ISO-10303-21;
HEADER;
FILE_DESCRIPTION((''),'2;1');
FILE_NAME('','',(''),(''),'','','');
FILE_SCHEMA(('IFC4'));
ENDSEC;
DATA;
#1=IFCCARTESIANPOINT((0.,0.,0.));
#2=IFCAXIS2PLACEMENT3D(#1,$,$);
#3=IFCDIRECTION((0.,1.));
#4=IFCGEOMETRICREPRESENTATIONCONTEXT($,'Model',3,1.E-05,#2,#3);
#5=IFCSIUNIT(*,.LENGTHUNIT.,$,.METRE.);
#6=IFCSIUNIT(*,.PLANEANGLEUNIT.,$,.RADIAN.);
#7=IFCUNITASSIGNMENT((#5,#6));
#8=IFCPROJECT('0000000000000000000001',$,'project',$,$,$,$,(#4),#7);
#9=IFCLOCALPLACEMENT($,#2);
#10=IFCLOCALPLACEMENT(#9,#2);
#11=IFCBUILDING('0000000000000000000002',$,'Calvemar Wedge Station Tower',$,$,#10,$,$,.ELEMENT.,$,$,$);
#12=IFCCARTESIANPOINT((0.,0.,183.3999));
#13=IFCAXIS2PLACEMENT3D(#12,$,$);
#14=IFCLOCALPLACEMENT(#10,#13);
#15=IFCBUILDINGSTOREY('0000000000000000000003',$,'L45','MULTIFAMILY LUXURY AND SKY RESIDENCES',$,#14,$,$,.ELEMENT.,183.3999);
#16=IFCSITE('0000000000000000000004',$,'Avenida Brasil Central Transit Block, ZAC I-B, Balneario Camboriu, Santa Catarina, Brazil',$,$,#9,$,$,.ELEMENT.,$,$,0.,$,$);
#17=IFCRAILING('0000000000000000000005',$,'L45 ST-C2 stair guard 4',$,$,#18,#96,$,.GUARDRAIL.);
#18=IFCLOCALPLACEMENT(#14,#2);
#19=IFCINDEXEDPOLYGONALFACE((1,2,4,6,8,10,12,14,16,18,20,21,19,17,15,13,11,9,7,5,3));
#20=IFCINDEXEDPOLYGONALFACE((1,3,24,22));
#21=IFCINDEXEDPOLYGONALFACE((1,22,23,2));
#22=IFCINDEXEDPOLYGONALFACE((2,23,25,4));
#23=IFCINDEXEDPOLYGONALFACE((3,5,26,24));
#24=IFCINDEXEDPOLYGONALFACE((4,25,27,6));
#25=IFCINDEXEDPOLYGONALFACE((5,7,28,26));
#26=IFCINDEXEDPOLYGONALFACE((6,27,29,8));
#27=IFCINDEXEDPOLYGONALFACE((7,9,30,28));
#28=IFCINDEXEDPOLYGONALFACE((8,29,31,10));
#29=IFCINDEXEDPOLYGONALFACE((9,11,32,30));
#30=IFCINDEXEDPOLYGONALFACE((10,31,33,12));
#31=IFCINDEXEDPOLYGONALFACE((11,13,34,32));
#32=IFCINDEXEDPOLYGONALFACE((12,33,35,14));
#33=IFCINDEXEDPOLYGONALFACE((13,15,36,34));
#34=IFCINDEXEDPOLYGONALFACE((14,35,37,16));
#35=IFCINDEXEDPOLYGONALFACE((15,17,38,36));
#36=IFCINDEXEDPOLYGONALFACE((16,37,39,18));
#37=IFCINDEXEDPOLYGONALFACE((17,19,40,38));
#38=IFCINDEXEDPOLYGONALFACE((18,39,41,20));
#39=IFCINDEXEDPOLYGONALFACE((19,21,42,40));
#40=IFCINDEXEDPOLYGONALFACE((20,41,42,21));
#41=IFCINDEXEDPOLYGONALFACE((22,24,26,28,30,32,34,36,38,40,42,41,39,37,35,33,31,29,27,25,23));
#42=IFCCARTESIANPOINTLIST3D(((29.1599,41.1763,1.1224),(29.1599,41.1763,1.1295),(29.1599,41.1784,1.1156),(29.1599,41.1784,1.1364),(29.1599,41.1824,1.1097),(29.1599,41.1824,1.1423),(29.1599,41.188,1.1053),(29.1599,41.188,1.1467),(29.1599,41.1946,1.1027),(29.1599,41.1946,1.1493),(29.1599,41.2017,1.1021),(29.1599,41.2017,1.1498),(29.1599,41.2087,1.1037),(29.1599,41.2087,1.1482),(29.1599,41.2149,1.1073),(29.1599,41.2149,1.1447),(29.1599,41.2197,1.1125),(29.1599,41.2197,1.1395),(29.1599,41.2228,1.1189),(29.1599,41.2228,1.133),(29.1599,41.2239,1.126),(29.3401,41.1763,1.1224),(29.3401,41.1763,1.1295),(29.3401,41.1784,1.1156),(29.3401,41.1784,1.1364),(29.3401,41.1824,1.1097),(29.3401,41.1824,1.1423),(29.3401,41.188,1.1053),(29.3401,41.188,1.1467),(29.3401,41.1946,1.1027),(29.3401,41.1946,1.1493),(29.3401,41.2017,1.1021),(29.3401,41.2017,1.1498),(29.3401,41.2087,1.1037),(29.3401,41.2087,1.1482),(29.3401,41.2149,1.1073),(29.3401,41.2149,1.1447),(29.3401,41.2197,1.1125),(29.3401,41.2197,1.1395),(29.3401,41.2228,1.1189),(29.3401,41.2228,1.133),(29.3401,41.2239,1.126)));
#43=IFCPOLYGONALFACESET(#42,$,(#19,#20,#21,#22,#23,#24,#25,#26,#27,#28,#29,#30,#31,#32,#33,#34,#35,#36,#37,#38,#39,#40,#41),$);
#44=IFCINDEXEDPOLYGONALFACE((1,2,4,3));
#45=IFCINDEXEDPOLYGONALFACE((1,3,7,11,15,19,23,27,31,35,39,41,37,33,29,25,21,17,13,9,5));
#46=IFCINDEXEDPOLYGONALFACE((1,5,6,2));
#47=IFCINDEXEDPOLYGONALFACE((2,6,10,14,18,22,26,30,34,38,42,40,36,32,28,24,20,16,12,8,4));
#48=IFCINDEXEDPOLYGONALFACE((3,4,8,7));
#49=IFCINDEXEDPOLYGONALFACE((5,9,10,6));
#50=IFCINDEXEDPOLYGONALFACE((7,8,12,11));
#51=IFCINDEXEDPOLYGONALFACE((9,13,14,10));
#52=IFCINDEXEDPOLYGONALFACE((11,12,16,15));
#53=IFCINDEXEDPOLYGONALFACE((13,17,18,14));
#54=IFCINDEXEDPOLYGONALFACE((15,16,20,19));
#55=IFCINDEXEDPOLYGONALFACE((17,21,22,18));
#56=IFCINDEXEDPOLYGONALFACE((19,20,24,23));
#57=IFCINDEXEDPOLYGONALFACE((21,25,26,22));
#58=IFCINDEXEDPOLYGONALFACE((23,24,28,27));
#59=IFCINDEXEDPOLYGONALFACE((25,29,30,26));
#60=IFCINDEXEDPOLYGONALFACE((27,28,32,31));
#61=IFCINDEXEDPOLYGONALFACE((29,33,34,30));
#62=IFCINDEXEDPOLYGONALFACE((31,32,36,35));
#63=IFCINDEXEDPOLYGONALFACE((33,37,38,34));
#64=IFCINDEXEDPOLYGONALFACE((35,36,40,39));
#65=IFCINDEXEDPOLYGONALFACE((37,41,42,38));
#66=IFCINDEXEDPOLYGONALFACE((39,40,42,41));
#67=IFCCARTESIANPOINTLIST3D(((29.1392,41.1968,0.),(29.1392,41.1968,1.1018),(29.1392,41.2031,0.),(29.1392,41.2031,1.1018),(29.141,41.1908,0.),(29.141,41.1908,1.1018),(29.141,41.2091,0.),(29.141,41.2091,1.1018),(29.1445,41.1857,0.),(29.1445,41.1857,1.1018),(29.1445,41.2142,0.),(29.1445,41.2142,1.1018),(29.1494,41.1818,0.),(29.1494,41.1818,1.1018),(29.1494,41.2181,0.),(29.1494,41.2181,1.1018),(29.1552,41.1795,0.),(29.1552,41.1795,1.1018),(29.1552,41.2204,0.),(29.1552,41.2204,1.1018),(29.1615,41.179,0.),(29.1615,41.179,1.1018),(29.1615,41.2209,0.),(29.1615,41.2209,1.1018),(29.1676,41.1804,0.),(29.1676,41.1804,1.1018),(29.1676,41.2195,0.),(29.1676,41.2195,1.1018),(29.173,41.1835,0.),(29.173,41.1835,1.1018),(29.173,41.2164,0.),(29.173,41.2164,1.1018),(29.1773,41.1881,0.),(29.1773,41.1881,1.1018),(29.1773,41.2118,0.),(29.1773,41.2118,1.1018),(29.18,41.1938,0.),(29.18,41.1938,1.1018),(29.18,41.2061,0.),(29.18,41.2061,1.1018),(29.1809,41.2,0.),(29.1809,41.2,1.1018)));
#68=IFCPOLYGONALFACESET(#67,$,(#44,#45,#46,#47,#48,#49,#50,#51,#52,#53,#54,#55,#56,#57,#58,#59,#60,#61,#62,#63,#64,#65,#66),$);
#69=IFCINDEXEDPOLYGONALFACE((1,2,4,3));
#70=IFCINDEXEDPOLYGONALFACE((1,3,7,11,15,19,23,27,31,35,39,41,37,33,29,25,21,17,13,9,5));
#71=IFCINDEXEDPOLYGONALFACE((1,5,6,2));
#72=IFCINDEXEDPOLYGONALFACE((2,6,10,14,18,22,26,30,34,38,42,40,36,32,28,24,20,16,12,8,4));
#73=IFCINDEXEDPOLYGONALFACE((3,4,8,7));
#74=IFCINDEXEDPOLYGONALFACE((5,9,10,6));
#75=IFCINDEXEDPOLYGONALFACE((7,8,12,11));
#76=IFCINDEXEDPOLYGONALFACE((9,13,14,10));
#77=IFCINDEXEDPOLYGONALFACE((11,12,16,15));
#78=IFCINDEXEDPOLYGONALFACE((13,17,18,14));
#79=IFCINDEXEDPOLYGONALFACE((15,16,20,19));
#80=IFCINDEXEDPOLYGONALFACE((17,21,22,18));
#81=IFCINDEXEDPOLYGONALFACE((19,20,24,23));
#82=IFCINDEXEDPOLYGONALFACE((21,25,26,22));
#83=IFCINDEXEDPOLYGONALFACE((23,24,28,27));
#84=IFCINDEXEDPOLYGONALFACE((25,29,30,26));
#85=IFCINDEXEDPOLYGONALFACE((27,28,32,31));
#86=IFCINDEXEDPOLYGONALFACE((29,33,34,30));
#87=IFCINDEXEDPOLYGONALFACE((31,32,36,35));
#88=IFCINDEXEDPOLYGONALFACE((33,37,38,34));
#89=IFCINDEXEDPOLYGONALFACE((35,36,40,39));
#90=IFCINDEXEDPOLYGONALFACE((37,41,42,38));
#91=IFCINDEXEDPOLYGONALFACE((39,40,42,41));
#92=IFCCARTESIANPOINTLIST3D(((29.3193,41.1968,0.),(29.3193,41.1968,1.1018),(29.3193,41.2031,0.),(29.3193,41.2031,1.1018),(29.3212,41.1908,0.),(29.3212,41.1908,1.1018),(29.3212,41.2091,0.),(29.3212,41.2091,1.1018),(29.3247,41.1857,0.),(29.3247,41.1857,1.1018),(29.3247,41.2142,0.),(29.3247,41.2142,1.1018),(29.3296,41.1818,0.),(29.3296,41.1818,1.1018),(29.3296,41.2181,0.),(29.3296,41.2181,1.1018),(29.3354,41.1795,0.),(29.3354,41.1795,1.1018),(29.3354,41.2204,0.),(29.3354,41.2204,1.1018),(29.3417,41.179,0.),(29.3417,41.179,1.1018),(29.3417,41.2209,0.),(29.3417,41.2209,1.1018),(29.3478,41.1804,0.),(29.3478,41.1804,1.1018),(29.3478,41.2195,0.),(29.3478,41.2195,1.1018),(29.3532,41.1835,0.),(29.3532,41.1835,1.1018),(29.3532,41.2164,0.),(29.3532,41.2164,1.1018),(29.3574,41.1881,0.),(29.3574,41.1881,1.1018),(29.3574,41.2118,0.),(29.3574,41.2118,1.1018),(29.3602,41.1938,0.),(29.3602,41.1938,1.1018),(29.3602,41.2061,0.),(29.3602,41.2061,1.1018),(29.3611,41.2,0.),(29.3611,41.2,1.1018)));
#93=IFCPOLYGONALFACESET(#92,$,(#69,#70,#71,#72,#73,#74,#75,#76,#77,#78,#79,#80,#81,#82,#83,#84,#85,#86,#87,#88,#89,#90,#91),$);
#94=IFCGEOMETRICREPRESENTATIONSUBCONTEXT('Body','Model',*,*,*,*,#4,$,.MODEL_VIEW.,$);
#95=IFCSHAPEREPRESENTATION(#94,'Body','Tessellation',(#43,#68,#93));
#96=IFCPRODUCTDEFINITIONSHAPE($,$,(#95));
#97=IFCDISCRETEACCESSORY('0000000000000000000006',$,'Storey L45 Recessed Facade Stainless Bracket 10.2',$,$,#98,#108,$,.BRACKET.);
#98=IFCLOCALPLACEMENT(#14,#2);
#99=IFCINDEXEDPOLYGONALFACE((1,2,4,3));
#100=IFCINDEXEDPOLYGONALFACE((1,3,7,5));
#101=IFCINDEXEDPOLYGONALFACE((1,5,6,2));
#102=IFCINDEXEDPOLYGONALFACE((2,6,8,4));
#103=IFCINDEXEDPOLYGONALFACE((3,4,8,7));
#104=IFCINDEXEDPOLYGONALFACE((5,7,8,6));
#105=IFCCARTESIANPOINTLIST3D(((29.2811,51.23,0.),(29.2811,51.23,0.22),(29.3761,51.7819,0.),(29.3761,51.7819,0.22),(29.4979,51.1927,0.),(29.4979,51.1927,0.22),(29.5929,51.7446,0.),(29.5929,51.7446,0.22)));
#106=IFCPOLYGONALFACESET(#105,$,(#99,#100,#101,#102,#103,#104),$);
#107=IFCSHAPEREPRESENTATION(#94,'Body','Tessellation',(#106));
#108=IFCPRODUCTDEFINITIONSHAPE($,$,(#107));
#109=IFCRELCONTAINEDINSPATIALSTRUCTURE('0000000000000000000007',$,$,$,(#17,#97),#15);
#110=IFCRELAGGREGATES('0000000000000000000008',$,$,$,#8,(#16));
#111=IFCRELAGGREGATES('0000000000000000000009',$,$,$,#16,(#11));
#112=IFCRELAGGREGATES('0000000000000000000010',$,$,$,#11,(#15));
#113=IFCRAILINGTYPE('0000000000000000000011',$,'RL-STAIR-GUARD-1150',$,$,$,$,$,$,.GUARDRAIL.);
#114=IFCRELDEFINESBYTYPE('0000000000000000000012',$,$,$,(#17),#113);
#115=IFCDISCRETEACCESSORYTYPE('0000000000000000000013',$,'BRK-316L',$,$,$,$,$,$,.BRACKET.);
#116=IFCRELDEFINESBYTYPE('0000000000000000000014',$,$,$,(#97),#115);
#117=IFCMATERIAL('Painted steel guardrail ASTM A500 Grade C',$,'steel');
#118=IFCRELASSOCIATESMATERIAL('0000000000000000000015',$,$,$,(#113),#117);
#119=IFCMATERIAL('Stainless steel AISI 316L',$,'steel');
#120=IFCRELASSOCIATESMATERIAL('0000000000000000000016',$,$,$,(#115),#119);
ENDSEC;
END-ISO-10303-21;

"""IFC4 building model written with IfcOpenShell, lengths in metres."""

from ifc_helpers import new_model, si_unit, direction, frame, origin, origin_2d, place, context, subcontext, project, spatial, rectangle, circle, extrude, source, transform, mapped, material, type_object, element, save


model = new_model("IFC4")

# Units and contexts
model_context = context("Model", 3, precision=1e-05, world=origin(), true_north=direction((0.0, 1.0)))
body_context = subcontext(model_context, "Body", "Model", "MODEL_VIEW")
ifc_project = project(units=[si_unit("LENGTHUNIT", "METRE"), si_unit("PLANEANGLEUNIT", "RADIAN")], contexts=[model_context])

# Site, building, storey
site_placement = place(None, origin())
site = spatial("IfcSite", under=ifc_project, at=site_placement, Name="Avenida Brasil Central Transit Block, ZAC I-B, Balneario Camboriu, Santa Catarina, Brazil", CompositionType="ELEMENT", RefElevation=0.0)
building_placement = place(site_placement, origin())
building = spatial("IfcBuilding", under=site, at=building_placement, Name="Calvemar Wedge Station Tower", CompositionType="ELEMENT")
storey_placement = place(building_placement, frame((0.0, 0.0, 183.3999)))
storey = spatial("IfcBuildingStorey", under=building, at=storey_placement, Name="L45", Description="MULTIFAMILY LUXURY AND SKY RESIDENCES", CompositionType="ELEMENT", Elevation=183.3999)

# Railing
ifc_material_1 = material(Name="Stainless steel AISI 316L", Category="steel")
ifc_material_2 = material(Name="Painted steel guardrail ASTM A500 Grade C", Category="steel")
railing_type_1 = type_object("IfcRailingType", Name="RL-STAIR-GUARD-1150", PredefinedType="GUARDRAIL", material=ifc_material_2)
railing_1_placement = place(storey_placement, frame((29.1599, 41.2, 0.0)))
element("IfcRailing", 1, at=railing_1_placement, inside=storey, type_object=railing_type_1, Name="L45 ST-C2 stair guard 4", PredefinedType="GUARDRAIL", context=body_context, shape_type="SweptSolid", body=[
    extrude(circle(Radius=0.0239, at=origin_2d()), frame((0.0, 0.0, 1.126), z_axis=(1.0, 0.0, 0.0), x_axis=(0.0, 1.0, 0.0)), (0.0, 0.0, 1.0), 0.1802),
    extrude(circle(Radius=0.021, at=origin_2d()), origin(), (0.0, 0.0, 1.0), 1.1018),
    extrude(circle(Radius=0.021, at=origin_2d()), frame((0.1802, 0.0, 0.0)), (0.0, 0.0, 1.0), 1.1018),
])

# Discrete accessory
discrete_accessory_type = type_object("IfcDiscreteAccessoryType", Name="BRK-316L", PredefinedType="BRACKET", material=ifc_material_1)
shared_shape_1 = source(origin(), body_context, "Body", "SweptSolid", [
    extrude(rectangle(XDim=0.22, YDim=0.5601, at=origin_2d()), origin(), (0.0, 0.0, 1.0), 0.22),
])
discrete_accessory_placement = place(storey_placement, frame((29.437, 51.4873, 0.0), z_axis=(0.0, 0.0, 1.0), x_axis=(-0.985526, 0.169522, 0.0)))
element("IfcDiscreteAccessory", 2, at=discrete_accessory_placement, inside=storey, type_object=discrete_accessory_type, Name="Storey L45 Recessed Facade Stainless Bracket 10.2", PredefinedType="BRACKET", context=body_context, shape_type="MappedRepresentation", body=[
    mapped(shared_shape_1, transform((0.0, 0.0, 0.0), scale=1.0)),
])

save(model, "model.ifc")
